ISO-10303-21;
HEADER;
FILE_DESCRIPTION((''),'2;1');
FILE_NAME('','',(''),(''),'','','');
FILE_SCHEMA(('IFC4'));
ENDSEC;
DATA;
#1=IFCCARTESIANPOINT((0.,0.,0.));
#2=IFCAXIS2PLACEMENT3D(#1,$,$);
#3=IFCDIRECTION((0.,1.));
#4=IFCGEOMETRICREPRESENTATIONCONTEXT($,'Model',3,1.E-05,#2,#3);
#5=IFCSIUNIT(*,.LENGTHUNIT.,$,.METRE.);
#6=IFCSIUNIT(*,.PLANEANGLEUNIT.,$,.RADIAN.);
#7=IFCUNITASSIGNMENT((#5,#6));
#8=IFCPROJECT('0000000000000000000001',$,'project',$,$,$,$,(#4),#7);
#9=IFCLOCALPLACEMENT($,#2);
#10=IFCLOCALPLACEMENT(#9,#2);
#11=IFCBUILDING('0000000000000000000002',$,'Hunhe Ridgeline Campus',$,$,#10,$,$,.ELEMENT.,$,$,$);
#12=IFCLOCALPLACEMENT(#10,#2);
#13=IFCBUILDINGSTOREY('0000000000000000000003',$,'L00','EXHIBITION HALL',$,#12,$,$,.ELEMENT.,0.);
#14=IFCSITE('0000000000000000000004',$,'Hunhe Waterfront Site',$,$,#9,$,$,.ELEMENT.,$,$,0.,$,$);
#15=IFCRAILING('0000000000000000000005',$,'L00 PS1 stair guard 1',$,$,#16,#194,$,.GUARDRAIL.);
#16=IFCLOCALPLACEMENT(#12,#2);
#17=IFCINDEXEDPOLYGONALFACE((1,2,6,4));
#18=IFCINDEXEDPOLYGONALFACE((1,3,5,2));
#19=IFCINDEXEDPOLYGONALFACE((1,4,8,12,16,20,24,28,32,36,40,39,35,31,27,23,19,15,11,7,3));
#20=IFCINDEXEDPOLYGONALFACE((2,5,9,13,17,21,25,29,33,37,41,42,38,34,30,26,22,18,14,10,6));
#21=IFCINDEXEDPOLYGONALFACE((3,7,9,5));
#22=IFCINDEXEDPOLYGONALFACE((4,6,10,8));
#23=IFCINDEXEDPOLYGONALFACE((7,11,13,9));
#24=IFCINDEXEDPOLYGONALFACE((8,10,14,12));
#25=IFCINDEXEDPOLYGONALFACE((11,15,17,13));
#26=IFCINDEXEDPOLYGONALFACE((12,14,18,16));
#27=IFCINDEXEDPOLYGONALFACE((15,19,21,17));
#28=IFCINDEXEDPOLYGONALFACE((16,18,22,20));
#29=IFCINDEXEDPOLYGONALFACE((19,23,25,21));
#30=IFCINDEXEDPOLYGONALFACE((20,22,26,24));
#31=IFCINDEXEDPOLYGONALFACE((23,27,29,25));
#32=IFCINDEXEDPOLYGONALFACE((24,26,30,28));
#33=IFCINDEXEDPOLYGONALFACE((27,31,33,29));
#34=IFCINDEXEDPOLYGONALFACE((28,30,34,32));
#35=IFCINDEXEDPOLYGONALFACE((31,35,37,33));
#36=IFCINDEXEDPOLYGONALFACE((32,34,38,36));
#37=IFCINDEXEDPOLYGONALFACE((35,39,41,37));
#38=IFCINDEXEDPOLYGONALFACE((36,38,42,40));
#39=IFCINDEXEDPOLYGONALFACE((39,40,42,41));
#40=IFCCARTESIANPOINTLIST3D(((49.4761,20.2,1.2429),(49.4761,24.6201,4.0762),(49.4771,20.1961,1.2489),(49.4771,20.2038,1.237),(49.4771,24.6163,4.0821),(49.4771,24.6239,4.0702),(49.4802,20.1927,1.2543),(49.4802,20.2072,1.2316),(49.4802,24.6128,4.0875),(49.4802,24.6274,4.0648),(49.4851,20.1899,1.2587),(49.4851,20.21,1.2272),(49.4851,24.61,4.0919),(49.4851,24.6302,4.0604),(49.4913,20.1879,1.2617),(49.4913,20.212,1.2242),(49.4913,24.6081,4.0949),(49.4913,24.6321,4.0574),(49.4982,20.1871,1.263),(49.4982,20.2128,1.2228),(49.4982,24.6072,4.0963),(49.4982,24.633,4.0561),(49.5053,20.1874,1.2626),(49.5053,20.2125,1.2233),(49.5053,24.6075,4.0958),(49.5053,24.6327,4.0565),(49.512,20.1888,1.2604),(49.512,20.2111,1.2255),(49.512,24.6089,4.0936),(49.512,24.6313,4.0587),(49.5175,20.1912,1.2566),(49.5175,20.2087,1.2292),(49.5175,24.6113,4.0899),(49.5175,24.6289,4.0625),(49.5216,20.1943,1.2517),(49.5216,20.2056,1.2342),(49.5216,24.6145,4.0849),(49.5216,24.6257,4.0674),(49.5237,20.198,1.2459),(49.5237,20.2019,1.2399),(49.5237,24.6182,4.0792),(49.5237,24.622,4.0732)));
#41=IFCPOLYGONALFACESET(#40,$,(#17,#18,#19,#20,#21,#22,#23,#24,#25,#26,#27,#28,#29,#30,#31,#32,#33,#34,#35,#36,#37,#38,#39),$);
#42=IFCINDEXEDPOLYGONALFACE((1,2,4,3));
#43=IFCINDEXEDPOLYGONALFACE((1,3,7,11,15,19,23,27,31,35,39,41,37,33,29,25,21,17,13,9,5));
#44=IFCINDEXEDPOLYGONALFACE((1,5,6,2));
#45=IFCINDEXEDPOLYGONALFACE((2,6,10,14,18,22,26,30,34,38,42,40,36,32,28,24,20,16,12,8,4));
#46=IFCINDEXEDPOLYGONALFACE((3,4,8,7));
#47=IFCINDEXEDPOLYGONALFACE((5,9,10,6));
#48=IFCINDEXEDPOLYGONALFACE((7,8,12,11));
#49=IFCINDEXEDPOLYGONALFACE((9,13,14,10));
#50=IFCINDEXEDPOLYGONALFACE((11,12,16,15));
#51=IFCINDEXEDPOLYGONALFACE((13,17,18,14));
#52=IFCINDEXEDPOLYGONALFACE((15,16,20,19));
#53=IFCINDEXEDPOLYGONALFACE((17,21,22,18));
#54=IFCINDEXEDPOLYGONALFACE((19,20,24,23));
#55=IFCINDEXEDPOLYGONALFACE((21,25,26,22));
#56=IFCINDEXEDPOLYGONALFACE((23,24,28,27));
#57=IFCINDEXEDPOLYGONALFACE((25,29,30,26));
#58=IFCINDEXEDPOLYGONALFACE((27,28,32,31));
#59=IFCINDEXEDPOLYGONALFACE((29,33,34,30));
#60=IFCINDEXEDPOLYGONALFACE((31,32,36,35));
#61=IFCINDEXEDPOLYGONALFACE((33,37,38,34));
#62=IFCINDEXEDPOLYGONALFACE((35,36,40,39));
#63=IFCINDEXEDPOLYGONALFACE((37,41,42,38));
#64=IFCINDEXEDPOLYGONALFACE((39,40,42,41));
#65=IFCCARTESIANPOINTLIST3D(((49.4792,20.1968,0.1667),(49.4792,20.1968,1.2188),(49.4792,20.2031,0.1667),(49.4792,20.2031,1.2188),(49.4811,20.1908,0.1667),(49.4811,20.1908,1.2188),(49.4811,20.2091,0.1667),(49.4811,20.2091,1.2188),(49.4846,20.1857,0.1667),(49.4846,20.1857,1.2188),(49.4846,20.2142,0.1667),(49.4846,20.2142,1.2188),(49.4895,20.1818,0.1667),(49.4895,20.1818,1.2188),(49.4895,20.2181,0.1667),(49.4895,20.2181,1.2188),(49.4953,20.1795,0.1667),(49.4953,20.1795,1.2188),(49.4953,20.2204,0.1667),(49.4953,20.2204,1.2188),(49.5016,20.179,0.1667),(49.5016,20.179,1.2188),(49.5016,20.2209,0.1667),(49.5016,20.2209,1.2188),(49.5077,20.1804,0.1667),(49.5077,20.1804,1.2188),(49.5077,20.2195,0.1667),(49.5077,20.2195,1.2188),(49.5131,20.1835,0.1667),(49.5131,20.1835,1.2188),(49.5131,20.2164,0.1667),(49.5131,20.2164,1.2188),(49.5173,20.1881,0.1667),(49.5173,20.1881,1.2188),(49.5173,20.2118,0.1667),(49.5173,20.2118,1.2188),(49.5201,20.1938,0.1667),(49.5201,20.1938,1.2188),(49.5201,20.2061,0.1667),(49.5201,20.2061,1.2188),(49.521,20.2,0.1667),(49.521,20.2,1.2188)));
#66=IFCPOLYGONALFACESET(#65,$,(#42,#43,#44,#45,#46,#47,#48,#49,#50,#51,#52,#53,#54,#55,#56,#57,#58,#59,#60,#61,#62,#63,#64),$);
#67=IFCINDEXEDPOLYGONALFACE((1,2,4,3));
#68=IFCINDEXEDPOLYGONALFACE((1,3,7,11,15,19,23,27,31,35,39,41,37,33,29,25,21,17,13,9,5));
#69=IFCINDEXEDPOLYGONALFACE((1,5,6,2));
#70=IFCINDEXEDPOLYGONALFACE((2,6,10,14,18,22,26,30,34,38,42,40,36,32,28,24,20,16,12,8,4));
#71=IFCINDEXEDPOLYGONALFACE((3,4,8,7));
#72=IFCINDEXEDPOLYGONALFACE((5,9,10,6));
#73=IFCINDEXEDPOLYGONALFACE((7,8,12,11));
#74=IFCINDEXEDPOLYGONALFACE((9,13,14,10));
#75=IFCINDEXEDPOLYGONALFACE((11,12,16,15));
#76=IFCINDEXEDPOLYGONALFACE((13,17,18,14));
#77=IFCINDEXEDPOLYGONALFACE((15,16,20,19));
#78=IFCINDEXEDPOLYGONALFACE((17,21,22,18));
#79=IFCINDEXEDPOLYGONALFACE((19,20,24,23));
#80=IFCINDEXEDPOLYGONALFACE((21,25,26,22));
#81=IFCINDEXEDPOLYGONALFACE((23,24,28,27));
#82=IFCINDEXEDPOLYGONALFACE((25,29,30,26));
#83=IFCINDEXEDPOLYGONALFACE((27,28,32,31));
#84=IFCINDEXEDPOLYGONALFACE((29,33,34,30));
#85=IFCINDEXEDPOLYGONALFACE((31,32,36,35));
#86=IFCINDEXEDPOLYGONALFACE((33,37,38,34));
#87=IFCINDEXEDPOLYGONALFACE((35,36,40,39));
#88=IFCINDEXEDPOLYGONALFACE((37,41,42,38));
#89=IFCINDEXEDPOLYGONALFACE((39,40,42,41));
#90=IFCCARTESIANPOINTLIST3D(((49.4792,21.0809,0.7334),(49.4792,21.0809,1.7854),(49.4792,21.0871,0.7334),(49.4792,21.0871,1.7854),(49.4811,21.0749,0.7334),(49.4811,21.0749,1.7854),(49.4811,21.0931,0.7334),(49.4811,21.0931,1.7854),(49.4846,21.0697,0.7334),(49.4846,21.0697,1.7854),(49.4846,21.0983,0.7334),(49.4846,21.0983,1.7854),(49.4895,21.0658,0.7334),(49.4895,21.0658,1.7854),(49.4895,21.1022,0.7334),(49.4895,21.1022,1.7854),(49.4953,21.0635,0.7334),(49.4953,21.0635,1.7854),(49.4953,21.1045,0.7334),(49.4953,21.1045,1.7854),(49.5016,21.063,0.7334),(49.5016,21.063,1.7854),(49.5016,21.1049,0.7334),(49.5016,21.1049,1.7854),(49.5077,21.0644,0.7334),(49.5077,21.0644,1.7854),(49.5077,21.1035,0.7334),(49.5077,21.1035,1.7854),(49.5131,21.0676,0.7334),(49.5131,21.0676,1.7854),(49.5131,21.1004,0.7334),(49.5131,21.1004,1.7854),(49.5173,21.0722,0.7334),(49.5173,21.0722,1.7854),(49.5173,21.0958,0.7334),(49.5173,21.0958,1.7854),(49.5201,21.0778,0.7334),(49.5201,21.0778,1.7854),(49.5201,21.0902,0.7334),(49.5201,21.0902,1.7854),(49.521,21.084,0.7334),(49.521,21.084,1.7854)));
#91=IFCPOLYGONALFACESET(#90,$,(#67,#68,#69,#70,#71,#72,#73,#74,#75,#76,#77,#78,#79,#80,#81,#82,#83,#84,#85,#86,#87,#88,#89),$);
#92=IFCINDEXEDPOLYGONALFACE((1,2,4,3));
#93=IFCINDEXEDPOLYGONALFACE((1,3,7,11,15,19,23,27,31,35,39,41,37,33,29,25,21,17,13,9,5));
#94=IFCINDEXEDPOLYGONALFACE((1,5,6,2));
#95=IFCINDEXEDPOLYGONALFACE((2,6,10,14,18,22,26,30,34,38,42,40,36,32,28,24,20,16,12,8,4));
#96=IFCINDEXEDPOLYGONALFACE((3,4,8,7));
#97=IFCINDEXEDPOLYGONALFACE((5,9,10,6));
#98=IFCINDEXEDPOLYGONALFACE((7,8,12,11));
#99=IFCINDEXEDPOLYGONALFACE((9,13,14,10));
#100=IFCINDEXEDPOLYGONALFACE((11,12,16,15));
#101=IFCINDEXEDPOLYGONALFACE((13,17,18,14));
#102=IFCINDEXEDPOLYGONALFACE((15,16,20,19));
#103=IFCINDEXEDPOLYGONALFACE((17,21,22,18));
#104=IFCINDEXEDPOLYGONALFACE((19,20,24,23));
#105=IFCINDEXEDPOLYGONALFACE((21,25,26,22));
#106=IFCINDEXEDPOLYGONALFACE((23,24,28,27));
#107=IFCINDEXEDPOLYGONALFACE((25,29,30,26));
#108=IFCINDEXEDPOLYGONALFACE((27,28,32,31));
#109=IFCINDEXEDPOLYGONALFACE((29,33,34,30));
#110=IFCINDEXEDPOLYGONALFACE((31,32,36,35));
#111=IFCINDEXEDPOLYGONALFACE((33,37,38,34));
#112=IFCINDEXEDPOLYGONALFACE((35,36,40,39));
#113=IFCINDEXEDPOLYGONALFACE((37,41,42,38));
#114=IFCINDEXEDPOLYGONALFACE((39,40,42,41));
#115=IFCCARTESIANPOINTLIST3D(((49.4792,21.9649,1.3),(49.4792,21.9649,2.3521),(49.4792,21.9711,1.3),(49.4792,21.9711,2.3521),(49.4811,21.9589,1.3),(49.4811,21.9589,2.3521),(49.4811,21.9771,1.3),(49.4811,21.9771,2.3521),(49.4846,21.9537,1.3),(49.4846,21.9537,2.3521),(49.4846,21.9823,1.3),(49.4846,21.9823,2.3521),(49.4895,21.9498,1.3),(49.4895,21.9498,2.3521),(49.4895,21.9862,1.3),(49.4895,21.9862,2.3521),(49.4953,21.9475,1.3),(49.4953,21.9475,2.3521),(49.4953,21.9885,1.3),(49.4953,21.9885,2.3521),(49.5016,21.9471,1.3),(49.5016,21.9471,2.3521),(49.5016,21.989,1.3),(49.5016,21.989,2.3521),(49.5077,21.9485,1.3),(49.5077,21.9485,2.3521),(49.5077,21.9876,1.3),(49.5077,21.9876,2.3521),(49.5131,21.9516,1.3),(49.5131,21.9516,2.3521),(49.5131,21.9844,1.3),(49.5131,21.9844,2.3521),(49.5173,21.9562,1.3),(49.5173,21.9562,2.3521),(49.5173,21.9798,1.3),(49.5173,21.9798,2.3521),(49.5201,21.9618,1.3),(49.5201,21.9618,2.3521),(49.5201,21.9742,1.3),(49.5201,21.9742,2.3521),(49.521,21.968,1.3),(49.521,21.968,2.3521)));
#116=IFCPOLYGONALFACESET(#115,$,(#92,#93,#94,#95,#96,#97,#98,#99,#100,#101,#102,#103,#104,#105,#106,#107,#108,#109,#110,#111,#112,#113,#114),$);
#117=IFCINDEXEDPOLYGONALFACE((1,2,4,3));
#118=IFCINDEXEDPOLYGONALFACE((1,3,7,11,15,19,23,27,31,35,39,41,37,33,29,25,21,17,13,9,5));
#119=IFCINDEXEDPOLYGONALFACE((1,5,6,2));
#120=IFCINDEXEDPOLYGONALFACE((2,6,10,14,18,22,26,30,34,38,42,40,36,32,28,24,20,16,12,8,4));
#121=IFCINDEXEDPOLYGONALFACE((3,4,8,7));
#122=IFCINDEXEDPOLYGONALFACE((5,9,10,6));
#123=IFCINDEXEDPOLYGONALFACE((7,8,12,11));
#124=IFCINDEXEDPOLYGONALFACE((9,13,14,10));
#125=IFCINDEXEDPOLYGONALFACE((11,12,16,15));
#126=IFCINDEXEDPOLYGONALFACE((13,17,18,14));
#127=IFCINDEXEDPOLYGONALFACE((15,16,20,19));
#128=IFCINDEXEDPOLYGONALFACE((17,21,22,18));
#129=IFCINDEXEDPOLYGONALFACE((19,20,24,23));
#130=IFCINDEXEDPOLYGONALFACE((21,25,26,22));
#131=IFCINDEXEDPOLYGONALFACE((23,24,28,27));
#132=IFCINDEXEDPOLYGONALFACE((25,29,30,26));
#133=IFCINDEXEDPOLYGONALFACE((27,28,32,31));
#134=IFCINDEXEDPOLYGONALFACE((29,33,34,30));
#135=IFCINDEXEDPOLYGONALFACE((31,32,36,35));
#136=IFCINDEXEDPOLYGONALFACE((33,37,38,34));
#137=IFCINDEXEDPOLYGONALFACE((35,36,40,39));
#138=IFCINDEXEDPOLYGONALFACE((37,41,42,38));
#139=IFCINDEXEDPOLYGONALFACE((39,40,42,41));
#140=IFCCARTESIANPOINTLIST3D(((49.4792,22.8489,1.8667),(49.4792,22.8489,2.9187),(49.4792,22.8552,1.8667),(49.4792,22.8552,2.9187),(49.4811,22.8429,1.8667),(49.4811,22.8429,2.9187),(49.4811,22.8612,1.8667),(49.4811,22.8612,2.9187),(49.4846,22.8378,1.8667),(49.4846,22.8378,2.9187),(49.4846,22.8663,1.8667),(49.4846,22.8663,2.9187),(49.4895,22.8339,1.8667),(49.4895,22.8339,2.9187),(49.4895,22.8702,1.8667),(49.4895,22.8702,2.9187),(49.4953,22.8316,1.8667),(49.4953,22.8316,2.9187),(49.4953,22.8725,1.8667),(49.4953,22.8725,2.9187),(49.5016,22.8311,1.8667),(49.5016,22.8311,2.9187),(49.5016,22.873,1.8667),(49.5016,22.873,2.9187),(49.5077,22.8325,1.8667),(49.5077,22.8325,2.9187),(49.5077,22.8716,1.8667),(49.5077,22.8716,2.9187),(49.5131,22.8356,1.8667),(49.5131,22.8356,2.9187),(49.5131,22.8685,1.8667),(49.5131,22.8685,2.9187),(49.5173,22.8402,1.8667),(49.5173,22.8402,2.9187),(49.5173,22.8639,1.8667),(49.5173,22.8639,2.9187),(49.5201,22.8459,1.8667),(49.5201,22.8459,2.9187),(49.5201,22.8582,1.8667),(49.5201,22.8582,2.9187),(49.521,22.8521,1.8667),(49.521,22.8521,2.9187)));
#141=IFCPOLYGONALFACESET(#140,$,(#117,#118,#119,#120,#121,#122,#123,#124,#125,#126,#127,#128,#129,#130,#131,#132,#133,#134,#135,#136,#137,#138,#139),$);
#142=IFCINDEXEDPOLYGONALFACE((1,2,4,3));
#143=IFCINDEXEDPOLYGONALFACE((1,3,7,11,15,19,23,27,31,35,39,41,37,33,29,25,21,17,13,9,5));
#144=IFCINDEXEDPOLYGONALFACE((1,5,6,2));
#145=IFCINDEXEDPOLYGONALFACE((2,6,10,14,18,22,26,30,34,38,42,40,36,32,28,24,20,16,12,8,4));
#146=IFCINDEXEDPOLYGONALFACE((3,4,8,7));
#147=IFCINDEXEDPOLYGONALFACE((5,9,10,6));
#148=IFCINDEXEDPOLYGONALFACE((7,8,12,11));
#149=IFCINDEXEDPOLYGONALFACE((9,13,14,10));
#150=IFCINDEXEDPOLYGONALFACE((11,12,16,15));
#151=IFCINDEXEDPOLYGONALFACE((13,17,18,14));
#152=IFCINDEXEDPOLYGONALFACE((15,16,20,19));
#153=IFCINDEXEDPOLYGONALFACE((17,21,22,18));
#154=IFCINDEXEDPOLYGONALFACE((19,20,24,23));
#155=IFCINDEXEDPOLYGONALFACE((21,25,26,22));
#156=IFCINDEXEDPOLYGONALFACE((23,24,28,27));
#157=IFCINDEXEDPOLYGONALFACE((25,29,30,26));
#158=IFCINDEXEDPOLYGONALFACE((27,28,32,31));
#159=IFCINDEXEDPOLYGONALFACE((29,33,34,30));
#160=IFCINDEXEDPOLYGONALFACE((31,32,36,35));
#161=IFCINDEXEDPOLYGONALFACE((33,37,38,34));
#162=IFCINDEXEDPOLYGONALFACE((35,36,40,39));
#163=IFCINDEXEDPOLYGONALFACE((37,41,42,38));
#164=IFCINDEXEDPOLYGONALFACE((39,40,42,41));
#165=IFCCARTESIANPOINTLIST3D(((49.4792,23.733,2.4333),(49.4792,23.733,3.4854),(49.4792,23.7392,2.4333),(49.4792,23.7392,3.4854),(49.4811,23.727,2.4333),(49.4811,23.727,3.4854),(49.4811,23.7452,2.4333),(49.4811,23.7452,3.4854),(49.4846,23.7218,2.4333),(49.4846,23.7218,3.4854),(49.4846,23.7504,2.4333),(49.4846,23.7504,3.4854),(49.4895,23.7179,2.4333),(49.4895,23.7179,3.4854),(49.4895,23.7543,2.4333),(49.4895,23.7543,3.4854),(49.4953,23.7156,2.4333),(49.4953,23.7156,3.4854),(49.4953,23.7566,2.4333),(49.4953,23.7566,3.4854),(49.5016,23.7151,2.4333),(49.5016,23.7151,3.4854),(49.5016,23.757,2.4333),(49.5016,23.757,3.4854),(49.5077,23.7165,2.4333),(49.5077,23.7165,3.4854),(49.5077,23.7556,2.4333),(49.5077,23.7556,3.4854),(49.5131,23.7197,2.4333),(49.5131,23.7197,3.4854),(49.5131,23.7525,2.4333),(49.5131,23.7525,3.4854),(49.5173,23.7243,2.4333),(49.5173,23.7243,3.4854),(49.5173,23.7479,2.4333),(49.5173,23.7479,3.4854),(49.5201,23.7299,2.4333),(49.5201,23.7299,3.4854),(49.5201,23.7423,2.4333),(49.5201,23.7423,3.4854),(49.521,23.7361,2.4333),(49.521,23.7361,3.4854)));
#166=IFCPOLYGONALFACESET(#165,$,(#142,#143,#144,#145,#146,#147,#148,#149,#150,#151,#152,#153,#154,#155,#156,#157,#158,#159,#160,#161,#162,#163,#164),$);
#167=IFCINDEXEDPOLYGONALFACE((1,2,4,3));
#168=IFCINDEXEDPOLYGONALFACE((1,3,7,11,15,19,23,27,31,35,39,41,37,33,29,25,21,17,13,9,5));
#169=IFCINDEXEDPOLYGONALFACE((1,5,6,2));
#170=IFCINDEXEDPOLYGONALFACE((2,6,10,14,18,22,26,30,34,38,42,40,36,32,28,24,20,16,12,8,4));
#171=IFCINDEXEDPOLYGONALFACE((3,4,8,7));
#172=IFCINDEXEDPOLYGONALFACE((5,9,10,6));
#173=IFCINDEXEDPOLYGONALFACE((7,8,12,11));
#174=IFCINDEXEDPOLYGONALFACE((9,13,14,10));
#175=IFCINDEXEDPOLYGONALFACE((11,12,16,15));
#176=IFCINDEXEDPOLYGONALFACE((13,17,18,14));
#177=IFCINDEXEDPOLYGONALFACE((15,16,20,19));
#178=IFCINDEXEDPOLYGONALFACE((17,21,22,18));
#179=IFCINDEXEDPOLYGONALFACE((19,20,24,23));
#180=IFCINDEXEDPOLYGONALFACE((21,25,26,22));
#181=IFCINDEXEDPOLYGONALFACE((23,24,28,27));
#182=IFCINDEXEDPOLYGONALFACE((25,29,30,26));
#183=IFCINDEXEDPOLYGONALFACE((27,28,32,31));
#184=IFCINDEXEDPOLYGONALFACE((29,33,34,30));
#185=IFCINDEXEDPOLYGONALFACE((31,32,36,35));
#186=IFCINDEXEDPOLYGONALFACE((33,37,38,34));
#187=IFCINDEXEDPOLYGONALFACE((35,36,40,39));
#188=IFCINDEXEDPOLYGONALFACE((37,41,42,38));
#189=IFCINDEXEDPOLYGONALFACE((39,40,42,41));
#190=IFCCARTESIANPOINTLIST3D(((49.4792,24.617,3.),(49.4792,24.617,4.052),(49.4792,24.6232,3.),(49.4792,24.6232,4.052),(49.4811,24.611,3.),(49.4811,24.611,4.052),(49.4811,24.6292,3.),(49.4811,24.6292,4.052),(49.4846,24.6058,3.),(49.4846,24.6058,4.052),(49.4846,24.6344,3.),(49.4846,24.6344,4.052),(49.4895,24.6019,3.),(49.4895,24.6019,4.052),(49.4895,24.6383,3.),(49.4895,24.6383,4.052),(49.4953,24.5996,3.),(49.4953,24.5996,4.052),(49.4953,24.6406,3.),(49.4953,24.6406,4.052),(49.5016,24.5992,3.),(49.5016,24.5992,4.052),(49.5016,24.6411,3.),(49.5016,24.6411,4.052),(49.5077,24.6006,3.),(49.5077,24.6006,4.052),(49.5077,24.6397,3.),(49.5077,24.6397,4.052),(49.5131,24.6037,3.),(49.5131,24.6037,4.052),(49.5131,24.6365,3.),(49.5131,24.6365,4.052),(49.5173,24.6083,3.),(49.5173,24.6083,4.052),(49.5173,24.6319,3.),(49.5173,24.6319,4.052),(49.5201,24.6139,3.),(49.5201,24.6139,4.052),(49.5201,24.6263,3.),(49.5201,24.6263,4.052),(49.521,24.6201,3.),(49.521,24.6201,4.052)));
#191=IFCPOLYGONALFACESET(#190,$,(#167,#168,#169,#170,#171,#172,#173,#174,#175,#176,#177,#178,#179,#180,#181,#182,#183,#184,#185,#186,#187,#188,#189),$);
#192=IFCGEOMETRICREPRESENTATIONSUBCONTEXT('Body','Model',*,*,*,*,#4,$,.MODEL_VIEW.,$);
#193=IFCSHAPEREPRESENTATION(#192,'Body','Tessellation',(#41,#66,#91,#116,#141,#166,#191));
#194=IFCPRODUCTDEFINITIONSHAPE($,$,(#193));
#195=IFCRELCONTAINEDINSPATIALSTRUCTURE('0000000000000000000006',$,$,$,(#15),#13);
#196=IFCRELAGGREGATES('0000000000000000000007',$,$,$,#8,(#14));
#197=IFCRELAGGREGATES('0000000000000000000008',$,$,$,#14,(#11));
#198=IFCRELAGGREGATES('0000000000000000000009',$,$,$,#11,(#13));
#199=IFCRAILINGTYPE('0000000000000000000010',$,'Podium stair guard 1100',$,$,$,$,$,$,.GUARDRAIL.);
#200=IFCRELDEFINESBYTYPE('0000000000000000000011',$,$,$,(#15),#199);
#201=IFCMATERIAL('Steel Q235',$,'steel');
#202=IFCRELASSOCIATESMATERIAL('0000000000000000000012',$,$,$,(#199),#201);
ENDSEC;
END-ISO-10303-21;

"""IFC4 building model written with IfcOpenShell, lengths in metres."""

from ifc_helpers import new_model, si_unit, direction, frame, origin, origin_2d, place, context, subcontext, project, spatial, circle, extrude, material, type_object, element, save


model = new_model("IFC4")

# Units and contexts
model_context = context("Model", 3, precision=1e-05, world=origin(), true_north=direction((0.0, 1.0)))
body_context = subcontext(model_context, "Body", "Model", "MODEL_VIEW")
ifc_project = project(units=[si_unit("LENGTHUNIT", "METRE"), si_unit("PLANEANGLEUNIT", "RADIAN")], contexts=[model_context])

# Site, building, storey
site_placement = place(None, origin())
site = spatial("IfcSite", under=ifc_project, at=site_placement, Name="Hunhe Waterfront Site", CompositionType="ELEMENT", RefElevation=0.0)
building_placement = place(site_placement, origin())
building = spatial("IfcBuilding", under=site, at=building_placement, Name="Hunhe Ridgeline Campus", CompositionType="ELEMENT")
storey_placement = place(building_placement, origin())
storey = spatial("IfcBuildingStorey", under=building, at=storey_placement, Name="L00", Description="EXHIBITION HALL", CompositionType="ELEMENT", Elevation=0.0)

# Railing
ifc_material_1 = material(Name="Steel Q235", Category="steel")
railing_type_1 = type_object("IfcRailingType", Name="Podium stair guard 1100", PredefinedType="GUARDRAIL", material=ifc_material_1)
railing_1_placement = place(storey_placement, frame((49.5, 20.2, 0.1667)))
element("IfcRailing", 1, at=railing_1_placement, inside=storey, type_object=railing_type_1, Name="L00 PS1 stair guard 1", PredefinedType="GUARDRAIL", context=body_context, shape_type="SweptSolid", body=[
    extrude(circle(Radius=0.0239, at=origin_2d()), frame((0.0, 0.0, 1.0762), z_axis=(0.0, 0.841895, 0.539641), x_axis=(-1.0, 0.0, 0.0)), (0.0, 0.0, 1.0), 5.2502),
    extrude(circle(Radius=0.021, at=origin_2d()), origin(), (0.0, 0.0, 1.0), 1.052),
    extrude(circle(Radius=0.021, at=origin_2d()), frame((0.0, 0.884, 0.5667)), (0.0, 0.0, 1.0), 1.052),
    extrude(circle(Radius=0.021, at=origin_2d()), frame((0.0, 1.7681, 1.1333)), (0.0, 0.0, 1.0), 1.052),
    extrude(circle(Radius=0.021, at=origin_2d()), frame((0.0, 2.6521, 1.7)), (0.0, 0.0, 1.0), 1.052),
    extrude(circle(Radius=0.021, at=origin_2d()), frame((0.0, 3.5361, 2.2666)), (0.0, 0.0, 1.0), 1.052),
    extrude(circle(Radius=0.021, at=origin_2d()), frame((0.0, 4.4202, 2.8333)), (0.0, 0.0, 1.0), 1.052),
])

save(model, "model.ifc")
